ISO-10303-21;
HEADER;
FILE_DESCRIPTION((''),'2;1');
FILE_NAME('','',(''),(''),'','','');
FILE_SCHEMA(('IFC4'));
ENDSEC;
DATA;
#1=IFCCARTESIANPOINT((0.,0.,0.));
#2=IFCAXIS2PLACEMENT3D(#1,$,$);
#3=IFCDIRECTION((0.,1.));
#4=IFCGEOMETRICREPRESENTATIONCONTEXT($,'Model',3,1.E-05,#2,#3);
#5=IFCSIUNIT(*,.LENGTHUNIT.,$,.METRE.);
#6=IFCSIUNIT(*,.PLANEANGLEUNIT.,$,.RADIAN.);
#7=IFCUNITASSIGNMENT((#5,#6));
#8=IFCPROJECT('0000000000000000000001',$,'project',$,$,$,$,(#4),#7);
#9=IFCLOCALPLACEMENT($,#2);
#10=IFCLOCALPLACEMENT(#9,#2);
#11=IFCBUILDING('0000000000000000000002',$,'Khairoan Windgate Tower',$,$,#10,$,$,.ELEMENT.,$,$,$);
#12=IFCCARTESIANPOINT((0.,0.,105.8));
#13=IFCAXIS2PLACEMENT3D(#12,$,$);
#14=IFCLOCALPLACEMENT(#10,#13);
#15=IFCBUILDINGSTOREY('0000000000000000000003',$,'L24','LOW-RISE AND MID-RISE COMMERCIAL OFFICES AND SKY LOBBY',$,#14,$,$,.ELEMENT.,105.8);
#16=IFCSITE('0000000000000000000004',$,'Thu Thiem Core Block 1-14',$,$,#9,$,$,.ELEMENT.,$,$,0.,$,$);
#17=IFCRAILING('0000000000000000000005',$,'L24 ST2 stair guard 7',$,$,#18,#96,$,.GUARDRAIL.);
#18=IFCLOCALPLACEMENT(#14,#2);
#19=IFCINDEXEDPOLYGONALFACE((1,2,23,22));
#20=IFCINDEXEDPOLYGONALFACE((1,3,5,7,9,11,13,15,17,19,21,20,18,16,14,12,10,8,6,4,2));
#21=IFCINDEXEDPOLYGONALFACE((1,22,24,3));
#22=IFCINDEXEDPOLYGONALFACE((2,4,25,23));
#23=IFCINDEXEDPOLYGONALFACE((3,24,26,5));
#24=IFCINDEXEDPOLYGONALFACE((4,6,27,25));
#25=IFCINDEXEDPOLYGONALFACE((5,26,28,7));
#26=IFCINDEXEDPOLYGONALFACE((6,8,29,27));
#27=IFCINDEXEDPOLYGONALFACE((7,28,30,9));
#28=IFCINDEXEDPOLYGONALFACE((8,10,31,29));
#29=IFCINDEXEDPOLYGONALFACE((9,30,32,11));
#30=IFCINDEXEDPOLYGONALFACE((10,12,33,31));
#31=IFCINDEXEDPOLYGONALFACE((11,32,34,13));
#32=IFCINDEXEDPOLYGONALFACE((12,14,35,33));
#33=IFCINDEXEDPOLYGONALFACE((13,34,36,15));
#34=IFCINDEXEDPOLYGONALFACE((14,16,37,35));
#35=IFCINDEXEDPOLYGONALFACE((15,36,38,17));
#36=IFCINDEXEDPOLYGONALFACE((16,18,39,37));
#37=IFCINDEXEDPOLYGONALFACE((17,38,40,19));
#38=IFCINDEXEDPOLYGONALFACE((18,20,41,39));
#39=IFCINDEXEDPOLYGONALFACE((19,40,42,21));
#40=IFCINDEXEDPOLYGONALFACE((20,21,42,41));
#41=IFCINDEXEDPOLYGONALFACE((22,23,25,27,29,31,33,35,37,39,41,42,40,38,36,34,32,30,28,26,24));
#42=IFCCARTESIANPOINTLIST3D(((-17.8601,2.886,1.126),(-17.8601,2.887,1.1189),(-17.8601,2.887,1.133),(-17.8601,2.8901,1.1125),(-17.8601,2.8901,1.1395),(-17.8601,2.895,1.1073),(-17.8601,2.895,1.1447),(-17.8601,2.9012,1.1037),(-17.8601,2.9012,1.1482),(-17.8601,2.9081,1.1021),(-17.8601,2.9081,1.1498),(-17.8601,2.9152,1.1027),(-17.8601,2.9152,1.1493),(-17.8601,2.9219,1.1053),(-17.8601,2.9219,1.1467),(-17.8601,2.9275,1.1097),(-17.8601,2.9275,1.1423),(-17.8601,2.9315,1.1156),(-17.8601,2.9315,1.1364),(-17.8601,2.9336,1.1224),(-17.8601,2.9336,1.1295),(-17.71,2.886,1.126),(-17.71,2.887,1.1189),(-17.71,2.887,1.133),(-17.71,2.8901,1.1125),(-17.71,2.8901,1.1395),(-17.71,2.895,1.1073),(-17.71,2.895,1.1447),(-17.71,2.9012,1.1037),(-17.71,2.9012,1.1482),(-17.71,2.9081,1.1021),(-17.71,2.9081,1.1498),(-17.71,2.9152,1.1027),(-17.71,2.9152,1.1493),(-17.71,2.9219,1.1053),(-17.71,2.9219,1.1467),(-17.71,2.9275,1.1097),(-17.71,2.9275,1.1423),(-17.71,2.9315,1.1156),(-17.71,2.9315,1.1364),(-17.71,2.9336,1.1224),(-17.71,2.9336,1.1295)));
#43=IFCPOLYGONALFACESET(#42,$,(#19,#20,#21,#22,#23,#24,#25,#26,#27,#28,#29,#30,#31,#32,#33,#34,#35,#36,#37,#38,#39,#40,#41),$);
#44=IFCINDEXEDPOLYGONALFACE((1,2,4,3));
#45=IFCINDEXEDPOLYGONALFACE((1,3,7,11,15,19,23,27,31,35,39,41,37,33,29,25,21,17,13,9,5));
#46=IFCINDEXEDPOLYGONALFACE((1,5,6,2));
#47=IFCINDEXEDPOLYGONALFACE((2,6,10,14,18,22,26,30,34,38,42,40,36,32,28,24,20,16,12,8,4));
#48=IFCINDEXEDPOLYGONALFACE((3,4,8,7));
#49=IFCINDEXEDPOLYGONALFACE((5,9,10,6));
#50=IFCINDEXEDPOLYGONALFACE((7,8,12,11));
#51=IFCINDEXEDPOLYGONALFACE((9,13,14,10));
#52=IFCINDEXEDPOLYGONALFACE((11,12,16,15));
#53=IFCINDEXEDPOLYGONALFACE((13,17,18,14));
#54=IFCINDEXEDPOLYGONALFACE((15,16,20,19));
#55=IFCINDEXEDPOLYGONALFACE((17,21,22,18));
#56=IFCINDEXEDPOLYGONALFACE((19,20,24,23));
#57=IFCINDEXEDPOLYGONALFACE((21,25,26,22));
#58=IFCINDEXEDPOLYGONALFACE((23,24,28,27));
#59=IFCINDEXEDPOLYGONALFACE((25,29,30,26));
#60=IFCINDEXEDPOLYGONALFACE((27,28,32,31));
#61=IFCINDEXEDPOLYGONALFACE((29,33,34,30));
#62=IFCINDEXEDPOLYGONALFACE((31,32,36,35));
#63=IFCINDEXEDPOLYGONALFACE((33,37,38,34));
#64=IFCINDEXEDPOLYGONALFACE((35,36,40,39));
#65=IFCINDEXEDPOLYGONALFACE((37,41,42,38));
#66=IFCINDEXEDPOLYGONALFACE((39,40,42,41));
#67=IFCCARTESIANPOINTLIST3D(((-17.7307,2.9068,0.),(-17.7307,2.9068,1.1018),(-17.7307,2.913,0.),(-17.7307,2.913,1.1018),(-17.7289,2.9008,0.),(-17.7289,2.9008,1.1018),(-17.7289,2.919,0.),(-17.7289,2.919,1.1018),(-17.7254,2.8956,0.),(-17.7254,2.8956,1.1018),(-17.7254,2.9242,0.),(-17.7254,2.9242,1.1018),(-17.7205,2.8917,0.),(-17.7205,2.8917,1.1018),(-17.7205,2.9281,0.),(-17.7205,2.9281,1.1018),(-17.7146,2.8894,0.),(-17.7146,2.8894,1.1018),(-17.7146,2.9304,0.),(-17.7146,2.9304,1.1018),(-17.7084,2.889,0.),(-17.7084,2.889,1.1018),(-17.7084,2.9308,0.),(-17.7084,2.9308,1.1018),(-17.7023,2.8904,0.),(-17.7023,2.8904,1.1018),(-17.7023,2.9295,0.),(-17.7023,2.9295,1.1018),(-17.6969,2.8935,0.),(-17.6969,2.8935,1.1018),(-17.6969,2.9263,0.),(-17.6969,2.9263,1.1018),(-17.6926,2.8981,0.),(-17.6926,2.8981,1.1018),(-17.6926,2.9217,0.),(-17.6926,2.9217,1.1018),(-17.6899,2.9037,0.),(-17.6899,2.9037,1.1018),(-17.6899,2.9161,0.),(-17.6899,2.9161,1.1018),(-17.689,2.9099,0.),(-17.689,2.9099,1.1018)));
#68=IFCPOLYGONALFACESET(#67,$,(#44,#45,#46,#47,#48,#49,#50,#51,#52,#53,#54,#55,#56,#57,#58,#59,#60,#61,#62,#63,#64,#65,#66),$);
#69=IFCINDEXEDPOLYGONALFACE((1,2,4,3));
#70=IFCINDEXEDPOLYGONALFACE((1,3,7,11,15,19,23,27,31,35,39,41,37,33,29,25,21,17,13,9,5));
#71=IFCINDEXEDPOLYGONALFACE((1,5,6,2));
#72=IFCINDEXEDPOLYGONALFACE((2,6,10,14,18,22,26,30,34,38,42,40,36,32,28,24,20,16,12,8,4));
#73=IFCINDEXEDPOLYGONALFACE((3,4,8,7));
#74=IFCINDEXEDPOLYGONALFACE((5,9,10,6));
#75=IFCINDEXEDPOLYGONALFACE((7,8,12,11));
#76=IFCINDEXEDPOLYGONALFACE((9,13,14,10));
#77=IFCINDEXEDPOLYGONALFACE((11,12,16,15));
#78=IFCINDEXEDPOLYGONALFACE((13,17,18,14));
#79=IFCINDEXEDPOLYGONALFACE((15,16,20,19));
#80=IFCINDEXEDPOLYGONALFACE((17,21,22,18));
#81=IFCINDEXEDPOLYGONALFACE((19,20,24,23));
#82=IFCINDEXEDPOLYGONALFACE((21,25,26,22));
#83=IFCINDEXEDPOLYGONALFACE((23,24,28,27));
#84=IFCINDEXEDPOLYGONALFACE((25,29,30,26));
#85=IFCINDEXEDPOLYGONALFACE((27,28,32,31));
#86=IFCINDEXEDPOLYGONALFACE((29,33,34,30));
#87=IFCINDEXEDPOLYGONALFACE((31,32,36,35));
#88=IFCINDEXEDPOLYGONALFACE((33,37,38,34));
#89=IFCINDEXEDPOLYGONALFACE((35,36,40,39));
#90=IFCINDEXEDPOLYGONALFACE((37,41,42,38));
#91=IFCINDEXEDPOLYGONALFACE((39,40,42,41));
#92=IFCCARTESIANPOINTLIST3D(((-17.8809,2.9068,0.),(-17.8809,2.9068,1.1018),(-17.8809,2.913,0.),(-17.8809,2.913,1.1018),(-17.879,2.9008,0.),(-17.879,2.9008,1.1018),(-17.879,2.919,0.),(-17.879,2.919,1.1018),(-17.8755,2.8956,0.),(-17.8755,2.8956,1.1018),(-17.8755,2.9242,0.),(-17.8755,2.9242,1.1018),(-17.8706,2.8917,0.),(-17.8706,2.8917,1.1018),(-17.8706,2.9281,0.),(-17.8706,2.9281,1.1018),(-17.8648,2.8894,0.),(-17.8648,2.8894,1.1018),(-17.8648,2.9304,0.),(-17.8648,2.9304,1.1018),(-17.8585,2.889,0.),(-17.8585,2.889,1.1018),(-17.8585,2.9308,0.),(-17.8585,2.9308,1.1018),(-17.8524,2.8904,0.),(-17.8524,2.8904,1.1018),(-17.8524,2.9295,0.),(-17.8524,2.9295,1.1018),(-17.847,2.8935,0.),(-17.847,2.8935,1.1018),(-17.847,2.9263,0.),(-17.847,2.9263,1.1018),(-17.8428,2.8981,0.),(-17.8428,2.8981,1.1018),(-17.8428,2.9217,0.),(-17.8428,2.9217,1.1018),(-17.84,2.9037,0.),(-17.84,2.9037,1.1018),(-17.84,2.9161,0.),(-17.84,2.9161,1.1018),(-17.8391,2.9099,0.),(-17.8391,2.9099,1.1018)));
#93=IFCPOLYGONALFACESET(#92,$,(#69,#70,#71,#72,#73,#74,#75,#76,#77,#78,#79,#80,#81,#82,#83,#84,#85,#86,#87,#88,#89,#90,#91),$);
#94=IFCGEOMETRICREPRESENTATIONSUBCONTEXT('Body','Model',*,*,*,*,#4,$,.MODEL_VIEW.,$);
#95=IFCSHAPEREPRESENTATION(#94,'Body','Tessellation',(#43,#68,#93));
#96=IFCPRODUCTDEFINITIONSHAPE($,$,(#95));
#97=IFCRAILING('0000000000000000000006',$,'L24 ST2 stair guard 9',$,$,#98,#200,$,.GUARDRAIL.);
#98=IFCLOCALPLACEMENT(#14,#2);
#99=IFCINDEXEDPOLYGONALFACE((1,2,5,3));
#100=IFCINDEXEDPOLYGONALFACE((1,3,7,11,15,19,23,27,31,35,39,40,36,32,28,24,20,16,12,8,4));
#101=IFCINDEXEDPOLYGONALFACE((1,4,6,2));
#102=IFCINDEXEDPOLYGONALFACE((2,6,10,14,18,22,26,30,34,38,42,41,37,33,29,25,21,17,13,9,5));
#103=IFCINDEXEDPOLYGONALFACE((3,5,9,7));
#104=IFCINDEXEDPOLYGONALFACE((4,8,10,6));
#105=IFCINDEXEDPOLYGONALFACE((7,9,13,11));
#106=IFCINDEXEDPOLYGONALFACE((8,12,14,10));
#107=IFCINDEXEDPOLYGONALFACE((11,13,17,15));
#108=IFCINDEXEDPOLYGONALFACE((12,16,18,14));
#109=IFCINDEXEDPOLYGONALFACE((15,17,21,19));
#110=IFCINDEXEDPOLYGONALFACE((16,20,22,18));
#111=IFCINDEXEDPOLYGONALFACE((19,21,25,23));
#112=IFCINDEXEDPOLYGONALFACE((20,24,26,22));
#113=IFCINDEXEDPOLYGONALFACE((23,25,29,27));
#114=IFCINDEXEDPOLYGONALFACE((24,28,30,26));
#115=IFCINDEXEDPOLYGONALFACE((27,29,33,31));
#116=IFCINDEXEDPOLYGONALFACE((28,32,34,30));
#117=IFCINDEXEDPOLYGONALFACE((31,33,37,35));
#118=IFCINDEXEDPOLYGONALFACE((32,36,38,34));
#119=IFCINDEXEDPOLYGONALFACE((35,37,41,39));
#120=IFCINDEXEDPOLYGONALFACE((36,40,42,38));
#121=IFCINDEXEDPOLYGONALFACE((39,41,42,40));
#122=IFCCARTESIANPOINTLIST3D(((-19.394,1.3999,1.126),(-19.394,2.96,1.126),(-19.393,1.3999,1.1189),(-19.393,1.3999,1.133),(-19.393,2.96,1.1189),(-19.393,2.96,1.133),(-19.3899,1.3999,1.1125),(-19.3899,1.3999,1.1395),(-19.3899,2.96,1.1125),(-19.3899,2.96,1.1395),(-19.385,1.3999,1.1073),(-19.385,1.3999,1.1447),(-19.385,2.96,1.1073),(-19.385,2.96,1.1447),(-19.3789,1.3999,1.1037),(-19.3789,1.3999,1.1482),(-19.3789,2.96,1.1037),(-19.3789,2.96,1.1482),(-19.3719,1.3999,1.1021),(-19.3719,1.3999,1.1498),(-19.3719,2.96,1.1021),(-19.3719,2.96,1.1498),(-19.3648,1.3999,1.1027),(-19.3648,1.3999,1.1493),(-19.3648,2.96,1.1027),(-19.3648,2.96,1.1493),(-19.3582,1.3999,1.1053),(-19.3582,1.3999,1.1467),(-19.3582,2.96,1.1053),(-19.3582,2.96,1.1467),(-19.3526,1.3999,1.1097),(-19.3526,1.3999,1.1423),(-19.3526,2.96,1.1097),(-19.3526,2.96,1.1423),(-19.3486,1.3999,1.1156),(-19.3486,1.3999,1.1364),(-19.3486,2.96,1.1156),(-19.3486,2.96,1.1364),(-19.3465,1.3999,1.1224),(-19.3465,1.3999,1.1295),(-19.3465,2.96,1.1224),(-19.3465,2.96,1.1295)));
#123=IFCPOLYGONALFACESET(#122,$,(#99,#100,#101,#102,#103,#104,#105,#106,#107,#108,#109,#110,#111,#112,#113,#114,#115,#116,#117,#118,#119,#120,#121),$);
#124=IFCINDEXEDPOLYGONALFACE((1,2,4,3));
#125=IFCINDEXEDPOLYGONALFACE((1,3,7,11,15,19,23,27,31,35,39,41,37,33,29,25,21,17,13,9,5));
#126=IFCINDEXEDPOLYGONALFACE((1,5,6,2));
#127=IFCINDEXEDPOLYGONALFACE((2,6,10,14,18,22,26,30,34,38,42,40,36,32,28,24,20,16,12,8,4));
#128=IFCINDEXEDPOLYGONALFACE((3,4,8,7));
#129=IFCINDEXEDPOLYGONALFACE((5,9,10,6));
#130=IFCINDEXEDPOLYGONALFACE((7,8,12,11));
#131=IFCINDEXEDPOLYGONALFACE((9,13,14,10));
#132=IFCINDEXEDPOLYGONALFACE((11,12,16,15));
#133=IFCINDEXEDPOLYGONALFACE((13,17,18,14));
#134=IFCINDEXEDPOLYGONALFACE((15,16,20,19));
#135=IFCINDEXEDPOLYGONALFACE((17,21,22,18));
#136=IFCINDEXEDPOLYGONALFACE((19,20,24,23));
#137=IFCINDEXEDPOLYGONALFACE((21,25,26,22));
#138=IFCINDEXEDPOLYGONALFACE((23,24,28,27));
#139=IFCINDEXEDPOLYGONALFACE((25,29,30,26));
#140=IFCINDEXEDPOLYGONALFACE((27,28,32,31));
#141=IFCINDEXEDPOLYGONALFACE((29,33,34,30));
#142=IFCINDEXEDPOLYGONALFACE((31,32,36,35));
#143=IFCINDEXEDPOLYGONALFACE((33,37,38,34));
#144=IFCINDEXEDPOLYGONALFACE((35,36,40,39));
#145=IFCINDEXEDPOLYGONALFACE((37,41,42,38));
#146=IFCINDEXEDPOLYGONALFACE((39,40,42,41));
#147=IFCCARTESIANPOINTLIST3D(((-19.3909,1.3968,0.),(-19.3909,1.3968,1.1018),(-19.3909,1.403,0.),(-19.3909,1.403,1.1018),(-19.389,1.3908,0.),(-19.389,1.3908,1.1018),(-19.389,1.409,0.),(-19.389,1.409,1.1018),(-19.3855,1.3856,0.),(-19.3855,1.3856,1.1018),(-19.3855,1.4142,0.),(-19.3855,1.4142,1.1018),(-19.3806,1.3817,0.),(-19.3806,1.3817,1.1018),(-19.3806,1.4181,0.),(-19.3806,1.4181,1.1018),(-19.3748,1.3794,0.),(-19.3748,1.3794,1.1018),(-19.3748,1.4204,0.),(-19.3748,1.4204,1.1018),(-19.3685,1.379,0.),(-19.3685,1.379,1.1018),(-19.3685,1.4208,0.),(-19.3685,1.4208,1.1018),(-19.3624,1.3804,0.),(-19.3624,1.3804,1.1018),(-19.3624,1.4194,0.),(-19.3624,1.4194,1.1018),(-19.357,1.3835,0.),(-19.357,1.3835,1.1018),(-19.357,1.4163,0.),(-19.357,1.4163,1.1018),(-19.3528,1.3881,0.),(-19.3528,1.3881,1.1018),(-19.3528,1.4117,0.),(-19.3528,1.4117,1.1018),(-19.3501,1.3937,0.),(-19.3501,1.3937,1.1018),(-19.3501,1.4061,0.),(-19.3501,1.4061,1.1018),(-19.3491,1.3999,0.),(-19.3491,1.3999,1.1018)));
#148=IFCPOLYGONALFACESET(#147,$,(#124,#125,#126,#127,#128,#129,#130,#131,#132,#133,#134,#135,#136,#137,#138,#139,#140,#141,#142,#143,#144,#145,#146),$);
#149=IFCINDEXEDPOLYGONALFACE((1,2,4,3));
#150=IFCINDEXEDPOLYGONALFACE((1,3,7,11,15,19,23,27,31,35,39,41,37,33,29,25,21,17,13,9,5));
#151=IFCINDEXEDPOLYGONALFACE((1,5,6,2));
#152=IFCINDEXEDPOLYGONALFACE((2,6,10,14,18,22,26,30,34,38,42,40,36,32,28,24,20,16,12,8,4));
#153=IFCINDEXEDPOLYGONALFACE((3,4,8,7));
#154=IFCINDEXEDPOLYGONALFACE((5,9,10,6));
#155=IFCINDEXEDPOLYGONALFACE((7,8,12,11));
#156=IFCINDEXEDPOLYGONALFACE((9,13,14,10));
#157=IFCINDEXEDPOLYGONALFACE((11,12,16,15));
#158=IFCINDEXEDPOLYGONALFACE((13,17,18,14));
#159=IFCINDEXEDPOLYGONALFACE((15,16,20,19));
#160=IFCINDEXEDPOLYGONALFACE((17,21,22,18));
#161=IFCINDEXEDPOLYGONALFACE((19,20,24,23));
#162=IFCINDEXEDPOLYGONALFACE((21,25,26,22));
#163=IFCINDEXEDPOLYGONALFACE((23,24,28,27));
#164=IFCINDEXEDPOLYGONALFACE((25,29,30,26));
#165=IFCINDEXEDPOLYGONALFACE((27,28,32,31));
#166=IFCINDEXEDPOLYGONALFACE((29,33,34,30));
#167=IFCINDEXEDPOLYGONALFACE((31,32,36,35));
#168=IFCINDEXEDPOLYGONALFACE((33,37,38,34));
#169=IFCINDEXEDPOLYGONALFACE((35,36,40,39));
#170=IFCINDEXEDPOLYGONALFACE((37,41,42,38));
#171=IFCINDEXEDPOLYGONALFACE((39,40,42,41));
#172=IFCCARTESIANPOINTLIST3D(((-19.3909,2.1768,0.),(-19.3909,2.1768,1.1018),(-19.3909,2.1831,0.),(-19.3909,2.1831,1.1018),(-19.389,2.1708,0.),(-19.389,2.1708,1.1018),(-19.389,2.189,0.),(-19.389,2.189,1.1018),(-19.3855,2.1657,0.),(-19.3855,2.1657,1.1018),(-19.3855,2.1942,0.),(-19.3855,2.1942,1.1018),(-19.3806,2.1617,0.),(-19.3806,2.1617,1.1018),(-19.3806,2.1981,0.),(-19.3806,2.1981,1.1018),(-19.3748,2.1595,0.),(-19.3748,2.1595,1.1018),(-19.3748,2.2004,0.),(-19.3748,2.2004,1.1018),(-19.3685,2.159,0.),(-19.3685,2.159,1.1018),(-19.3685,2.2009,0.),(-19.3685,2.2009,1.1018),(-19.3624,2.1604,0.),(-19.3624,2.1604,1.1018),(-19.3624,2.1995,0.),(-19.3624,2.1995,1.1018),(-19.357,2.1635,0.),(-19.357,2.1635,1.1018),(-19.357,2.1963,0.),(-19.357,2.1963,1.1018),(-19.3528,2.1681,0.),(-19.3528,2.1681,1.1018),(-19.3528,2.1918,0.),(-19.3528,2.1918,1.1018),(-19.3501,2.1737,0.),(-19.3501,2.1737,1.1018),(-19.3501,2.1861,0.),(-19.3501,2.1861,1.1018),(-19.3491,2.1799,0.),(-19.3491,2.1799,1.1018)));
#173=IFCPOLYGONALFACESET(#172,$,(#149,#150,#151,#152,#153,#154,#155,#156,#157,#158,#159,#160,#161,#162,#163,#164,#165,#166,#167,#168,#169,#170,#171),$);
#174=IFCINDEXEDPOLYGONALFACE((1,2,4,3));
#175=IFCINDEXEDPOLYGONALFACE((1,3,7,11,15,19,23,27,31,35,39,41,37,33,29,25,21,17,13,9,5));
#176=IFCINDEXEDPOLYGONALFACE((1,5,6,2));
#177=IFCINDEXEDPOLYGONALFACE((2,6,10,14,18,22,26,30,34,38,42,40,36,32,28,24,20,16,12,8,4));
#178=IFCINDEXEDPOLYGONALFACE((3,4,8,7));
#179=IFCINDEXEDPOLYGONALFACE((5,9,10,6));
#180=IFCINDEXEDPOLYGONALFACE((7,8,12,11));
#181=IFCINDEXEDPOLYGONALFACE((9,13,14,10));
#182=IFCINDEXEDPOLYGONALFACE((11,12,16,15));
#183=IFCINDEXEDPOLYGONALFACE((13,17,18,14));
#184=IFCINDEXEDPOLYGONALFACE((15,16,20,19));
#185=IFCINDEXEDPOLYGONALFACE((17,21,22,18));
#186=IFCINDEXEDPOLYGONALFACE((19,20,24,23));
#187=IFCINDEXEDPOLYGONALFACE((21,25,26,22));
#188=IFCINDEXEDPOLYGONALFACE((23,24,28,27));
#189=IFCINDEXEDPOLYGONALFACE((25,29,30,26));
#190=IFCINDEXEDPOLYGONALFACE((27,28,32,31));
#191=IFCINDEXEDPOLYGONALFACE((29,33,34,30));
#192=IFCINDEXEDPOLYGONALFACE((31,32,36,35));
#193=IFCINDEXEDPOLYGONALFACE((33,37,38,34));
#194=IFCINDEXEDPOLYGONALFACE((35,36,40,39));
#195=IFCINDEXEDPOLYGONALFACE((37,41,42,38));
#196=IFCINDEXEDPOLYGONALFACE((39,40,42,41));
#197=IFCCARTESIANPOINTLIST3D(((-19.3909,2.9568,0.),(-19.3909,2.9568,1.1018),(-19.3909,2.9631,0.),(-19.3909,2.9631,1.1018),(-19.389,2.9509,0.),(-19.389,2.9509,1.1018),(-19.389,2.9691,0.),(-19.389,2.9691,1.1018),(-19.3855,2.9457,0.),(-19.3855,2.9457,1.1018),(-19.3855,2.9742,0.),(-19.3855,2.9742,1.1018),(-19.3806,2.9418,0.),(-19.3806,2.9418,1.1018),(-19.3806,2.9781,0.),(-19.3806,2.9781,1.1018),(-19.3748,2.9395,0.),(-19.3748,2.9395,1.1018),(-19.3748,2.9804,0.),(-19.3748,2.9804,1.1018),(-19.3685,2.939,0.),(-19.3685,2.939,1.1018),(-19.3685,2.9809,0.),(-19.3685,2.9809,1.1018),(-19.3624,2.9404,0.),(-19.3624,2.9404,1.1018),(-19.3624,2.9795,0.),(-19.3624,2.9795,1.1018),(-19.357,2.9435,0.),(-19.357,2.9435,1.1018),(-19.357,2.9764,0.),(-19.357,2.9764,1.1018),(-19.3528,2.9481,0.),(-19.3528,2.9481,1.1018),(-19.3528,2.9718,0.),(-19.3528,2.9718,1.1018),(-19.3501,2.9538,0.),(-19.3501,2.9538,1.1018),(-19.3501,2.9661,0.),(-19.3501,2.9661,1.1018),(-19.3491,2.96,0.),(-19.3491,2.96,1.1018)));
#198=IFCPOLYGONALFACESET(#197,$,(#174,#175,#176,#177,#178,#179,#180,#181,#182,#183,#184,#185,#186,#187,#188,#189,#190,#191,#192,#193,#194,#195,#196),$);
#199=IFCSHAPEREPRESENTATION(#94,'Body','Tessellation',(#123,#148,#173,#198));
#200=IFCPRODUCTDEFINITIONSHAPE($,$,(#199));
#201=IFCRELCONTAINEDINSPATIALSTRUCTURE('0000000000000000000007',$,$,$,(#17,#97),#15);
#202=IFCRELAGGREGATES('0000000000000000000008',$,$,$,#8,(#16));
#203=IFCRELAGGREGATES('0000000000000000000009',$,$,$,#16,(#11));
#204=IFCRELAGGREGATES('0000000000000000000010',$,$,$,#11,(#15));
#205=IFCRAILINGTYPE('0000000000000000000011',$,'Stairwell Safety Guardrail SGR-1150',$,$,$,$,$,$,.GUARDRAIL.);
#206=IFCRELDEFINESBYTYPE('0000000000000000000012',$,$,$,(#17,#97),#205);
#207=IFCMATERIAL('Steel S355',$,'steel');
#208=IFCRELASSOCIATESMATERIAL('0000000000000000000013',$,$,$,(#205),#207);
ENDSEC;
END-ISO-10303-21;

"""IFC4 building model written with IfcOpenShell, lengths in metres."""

from ifc_helpers import new_model, si_unit, direction, frame, origin, origin_2d, place, context, subcontext, project, spatial, circle, extrude, material, type_object, element, save


model = new_model("IFC4")

# Units and contexts
model_context = context("Model", 3, precision=1e-05, world=origin(), true_north=direction((0.0, 1.0)))
body_context = subcontext(model_context, "Body", "Model", "MODEL_VIEW")
ifc_project = project(units=[si_unit("LENGTHUNIT", "METRE"), si_unit("PLANEANGLEUNIT", "RADIAN")], contexts=[model_context])

# Site, building, storey
site_placement = place(None, origin())
site = spatial("IfcSite", under=ifc_project, at=site_placement, Name="Thu Thiem Core Block 1-14", CompositionType="ELEMENT", RefElevation=0.0)
building_placement = place(site_placement, origin())
building = spatial("IfcBuilding", under=site, at=building_placement, Name="Khairoan Windgate Tower", CompositionType="ELEMENT")
storey_placement = place(building_placement, frame((0.0, 0.0, 105.8)))
storey = spatial("IfcBuildingStorey", under=building, at=storey_placement, Name="L24", Description="LOW-RISE AND MID-RISE COMMERCIAL OFFICES AND SKY LOBBY", CompositionType="ELEMENT", Elevation=105.8)

# Railings
ifc_material_1 = material(Name="Steel S355", Category="steel")
railing_type_1 = type_object("IfcRailingType", Name="Stairwell Safety Guardrail SGR-1150", PredefinedType="GUARDRAIL", material=ifc_material_1)
railing_1_placement = place(storey_placement, frame((-17.71, 2.9099, 0.0)))
element("IfcRailing", 1, at=railing_1_placement, inside=storey, type_object=railing_type_1, Name="L24 ST2 stair guard 7", PredefinedType="GUARDRAIL", context=body_context, shape_type="SweptSolid", body=[
    extrude(circle(Radius=0.0239, at=origin_2d()), frame((0.0, 0.0, 1.126), z_axis=(-1.0, 0.0, 0.0), x_axis=(0.0, -1.0, 0.0)), (0.0, 0.0, 1.0), 0.1501),
    extrude(circle(Radius=0.021, at=origin_2d()), origin(), (0.0, 0.0, 1.0), 1.1018),
    extrude(circle(Radius=0.021, at=origin_2d()), frame((-0.1501, 0.0, 0.0)), (0.0, 0.0, 1.0), 1.1018),
])
railing_2_placement = place(storey_placement, frame((-19.3701, 1.3999, 0.0)))
element("IfcRailing", 2, at=railing_2_placement, inside=storey, type_object=railing_type_1, Name="L24 ST2 stair guard 9", PredefinedType="GUARDRAIL", context=body_context, shape_type="SweptSolid", body=[
    extrude(circle(Radius=0.0239, at=origin_2d()), frame((0.0, 0.0, 1.126), z_axis=(0.0, 1.0, 0.0), x_axis=(-1.0, 0.0, 0.0)), (0.0, 0.0, 1.0), 1.5601),
    extrude(circle(Radius=0.021, at=origin_2d()), origin(), (0.0, 0.0, 1.0), 1.1018),
    extrude(circle(Radius=0.021, at=origin_2d()), frame((0.0, 0.78, 0.0)), (0.0, 0.0, 1.0), 1.1018),
    extrude(circle(Radius=0.021, at=origin_2d()), frame((0.0, 1.5601, 0.0)), (0.0, 0.0, 1.0), 1.1018),
])

save(model, "model.ifc")
